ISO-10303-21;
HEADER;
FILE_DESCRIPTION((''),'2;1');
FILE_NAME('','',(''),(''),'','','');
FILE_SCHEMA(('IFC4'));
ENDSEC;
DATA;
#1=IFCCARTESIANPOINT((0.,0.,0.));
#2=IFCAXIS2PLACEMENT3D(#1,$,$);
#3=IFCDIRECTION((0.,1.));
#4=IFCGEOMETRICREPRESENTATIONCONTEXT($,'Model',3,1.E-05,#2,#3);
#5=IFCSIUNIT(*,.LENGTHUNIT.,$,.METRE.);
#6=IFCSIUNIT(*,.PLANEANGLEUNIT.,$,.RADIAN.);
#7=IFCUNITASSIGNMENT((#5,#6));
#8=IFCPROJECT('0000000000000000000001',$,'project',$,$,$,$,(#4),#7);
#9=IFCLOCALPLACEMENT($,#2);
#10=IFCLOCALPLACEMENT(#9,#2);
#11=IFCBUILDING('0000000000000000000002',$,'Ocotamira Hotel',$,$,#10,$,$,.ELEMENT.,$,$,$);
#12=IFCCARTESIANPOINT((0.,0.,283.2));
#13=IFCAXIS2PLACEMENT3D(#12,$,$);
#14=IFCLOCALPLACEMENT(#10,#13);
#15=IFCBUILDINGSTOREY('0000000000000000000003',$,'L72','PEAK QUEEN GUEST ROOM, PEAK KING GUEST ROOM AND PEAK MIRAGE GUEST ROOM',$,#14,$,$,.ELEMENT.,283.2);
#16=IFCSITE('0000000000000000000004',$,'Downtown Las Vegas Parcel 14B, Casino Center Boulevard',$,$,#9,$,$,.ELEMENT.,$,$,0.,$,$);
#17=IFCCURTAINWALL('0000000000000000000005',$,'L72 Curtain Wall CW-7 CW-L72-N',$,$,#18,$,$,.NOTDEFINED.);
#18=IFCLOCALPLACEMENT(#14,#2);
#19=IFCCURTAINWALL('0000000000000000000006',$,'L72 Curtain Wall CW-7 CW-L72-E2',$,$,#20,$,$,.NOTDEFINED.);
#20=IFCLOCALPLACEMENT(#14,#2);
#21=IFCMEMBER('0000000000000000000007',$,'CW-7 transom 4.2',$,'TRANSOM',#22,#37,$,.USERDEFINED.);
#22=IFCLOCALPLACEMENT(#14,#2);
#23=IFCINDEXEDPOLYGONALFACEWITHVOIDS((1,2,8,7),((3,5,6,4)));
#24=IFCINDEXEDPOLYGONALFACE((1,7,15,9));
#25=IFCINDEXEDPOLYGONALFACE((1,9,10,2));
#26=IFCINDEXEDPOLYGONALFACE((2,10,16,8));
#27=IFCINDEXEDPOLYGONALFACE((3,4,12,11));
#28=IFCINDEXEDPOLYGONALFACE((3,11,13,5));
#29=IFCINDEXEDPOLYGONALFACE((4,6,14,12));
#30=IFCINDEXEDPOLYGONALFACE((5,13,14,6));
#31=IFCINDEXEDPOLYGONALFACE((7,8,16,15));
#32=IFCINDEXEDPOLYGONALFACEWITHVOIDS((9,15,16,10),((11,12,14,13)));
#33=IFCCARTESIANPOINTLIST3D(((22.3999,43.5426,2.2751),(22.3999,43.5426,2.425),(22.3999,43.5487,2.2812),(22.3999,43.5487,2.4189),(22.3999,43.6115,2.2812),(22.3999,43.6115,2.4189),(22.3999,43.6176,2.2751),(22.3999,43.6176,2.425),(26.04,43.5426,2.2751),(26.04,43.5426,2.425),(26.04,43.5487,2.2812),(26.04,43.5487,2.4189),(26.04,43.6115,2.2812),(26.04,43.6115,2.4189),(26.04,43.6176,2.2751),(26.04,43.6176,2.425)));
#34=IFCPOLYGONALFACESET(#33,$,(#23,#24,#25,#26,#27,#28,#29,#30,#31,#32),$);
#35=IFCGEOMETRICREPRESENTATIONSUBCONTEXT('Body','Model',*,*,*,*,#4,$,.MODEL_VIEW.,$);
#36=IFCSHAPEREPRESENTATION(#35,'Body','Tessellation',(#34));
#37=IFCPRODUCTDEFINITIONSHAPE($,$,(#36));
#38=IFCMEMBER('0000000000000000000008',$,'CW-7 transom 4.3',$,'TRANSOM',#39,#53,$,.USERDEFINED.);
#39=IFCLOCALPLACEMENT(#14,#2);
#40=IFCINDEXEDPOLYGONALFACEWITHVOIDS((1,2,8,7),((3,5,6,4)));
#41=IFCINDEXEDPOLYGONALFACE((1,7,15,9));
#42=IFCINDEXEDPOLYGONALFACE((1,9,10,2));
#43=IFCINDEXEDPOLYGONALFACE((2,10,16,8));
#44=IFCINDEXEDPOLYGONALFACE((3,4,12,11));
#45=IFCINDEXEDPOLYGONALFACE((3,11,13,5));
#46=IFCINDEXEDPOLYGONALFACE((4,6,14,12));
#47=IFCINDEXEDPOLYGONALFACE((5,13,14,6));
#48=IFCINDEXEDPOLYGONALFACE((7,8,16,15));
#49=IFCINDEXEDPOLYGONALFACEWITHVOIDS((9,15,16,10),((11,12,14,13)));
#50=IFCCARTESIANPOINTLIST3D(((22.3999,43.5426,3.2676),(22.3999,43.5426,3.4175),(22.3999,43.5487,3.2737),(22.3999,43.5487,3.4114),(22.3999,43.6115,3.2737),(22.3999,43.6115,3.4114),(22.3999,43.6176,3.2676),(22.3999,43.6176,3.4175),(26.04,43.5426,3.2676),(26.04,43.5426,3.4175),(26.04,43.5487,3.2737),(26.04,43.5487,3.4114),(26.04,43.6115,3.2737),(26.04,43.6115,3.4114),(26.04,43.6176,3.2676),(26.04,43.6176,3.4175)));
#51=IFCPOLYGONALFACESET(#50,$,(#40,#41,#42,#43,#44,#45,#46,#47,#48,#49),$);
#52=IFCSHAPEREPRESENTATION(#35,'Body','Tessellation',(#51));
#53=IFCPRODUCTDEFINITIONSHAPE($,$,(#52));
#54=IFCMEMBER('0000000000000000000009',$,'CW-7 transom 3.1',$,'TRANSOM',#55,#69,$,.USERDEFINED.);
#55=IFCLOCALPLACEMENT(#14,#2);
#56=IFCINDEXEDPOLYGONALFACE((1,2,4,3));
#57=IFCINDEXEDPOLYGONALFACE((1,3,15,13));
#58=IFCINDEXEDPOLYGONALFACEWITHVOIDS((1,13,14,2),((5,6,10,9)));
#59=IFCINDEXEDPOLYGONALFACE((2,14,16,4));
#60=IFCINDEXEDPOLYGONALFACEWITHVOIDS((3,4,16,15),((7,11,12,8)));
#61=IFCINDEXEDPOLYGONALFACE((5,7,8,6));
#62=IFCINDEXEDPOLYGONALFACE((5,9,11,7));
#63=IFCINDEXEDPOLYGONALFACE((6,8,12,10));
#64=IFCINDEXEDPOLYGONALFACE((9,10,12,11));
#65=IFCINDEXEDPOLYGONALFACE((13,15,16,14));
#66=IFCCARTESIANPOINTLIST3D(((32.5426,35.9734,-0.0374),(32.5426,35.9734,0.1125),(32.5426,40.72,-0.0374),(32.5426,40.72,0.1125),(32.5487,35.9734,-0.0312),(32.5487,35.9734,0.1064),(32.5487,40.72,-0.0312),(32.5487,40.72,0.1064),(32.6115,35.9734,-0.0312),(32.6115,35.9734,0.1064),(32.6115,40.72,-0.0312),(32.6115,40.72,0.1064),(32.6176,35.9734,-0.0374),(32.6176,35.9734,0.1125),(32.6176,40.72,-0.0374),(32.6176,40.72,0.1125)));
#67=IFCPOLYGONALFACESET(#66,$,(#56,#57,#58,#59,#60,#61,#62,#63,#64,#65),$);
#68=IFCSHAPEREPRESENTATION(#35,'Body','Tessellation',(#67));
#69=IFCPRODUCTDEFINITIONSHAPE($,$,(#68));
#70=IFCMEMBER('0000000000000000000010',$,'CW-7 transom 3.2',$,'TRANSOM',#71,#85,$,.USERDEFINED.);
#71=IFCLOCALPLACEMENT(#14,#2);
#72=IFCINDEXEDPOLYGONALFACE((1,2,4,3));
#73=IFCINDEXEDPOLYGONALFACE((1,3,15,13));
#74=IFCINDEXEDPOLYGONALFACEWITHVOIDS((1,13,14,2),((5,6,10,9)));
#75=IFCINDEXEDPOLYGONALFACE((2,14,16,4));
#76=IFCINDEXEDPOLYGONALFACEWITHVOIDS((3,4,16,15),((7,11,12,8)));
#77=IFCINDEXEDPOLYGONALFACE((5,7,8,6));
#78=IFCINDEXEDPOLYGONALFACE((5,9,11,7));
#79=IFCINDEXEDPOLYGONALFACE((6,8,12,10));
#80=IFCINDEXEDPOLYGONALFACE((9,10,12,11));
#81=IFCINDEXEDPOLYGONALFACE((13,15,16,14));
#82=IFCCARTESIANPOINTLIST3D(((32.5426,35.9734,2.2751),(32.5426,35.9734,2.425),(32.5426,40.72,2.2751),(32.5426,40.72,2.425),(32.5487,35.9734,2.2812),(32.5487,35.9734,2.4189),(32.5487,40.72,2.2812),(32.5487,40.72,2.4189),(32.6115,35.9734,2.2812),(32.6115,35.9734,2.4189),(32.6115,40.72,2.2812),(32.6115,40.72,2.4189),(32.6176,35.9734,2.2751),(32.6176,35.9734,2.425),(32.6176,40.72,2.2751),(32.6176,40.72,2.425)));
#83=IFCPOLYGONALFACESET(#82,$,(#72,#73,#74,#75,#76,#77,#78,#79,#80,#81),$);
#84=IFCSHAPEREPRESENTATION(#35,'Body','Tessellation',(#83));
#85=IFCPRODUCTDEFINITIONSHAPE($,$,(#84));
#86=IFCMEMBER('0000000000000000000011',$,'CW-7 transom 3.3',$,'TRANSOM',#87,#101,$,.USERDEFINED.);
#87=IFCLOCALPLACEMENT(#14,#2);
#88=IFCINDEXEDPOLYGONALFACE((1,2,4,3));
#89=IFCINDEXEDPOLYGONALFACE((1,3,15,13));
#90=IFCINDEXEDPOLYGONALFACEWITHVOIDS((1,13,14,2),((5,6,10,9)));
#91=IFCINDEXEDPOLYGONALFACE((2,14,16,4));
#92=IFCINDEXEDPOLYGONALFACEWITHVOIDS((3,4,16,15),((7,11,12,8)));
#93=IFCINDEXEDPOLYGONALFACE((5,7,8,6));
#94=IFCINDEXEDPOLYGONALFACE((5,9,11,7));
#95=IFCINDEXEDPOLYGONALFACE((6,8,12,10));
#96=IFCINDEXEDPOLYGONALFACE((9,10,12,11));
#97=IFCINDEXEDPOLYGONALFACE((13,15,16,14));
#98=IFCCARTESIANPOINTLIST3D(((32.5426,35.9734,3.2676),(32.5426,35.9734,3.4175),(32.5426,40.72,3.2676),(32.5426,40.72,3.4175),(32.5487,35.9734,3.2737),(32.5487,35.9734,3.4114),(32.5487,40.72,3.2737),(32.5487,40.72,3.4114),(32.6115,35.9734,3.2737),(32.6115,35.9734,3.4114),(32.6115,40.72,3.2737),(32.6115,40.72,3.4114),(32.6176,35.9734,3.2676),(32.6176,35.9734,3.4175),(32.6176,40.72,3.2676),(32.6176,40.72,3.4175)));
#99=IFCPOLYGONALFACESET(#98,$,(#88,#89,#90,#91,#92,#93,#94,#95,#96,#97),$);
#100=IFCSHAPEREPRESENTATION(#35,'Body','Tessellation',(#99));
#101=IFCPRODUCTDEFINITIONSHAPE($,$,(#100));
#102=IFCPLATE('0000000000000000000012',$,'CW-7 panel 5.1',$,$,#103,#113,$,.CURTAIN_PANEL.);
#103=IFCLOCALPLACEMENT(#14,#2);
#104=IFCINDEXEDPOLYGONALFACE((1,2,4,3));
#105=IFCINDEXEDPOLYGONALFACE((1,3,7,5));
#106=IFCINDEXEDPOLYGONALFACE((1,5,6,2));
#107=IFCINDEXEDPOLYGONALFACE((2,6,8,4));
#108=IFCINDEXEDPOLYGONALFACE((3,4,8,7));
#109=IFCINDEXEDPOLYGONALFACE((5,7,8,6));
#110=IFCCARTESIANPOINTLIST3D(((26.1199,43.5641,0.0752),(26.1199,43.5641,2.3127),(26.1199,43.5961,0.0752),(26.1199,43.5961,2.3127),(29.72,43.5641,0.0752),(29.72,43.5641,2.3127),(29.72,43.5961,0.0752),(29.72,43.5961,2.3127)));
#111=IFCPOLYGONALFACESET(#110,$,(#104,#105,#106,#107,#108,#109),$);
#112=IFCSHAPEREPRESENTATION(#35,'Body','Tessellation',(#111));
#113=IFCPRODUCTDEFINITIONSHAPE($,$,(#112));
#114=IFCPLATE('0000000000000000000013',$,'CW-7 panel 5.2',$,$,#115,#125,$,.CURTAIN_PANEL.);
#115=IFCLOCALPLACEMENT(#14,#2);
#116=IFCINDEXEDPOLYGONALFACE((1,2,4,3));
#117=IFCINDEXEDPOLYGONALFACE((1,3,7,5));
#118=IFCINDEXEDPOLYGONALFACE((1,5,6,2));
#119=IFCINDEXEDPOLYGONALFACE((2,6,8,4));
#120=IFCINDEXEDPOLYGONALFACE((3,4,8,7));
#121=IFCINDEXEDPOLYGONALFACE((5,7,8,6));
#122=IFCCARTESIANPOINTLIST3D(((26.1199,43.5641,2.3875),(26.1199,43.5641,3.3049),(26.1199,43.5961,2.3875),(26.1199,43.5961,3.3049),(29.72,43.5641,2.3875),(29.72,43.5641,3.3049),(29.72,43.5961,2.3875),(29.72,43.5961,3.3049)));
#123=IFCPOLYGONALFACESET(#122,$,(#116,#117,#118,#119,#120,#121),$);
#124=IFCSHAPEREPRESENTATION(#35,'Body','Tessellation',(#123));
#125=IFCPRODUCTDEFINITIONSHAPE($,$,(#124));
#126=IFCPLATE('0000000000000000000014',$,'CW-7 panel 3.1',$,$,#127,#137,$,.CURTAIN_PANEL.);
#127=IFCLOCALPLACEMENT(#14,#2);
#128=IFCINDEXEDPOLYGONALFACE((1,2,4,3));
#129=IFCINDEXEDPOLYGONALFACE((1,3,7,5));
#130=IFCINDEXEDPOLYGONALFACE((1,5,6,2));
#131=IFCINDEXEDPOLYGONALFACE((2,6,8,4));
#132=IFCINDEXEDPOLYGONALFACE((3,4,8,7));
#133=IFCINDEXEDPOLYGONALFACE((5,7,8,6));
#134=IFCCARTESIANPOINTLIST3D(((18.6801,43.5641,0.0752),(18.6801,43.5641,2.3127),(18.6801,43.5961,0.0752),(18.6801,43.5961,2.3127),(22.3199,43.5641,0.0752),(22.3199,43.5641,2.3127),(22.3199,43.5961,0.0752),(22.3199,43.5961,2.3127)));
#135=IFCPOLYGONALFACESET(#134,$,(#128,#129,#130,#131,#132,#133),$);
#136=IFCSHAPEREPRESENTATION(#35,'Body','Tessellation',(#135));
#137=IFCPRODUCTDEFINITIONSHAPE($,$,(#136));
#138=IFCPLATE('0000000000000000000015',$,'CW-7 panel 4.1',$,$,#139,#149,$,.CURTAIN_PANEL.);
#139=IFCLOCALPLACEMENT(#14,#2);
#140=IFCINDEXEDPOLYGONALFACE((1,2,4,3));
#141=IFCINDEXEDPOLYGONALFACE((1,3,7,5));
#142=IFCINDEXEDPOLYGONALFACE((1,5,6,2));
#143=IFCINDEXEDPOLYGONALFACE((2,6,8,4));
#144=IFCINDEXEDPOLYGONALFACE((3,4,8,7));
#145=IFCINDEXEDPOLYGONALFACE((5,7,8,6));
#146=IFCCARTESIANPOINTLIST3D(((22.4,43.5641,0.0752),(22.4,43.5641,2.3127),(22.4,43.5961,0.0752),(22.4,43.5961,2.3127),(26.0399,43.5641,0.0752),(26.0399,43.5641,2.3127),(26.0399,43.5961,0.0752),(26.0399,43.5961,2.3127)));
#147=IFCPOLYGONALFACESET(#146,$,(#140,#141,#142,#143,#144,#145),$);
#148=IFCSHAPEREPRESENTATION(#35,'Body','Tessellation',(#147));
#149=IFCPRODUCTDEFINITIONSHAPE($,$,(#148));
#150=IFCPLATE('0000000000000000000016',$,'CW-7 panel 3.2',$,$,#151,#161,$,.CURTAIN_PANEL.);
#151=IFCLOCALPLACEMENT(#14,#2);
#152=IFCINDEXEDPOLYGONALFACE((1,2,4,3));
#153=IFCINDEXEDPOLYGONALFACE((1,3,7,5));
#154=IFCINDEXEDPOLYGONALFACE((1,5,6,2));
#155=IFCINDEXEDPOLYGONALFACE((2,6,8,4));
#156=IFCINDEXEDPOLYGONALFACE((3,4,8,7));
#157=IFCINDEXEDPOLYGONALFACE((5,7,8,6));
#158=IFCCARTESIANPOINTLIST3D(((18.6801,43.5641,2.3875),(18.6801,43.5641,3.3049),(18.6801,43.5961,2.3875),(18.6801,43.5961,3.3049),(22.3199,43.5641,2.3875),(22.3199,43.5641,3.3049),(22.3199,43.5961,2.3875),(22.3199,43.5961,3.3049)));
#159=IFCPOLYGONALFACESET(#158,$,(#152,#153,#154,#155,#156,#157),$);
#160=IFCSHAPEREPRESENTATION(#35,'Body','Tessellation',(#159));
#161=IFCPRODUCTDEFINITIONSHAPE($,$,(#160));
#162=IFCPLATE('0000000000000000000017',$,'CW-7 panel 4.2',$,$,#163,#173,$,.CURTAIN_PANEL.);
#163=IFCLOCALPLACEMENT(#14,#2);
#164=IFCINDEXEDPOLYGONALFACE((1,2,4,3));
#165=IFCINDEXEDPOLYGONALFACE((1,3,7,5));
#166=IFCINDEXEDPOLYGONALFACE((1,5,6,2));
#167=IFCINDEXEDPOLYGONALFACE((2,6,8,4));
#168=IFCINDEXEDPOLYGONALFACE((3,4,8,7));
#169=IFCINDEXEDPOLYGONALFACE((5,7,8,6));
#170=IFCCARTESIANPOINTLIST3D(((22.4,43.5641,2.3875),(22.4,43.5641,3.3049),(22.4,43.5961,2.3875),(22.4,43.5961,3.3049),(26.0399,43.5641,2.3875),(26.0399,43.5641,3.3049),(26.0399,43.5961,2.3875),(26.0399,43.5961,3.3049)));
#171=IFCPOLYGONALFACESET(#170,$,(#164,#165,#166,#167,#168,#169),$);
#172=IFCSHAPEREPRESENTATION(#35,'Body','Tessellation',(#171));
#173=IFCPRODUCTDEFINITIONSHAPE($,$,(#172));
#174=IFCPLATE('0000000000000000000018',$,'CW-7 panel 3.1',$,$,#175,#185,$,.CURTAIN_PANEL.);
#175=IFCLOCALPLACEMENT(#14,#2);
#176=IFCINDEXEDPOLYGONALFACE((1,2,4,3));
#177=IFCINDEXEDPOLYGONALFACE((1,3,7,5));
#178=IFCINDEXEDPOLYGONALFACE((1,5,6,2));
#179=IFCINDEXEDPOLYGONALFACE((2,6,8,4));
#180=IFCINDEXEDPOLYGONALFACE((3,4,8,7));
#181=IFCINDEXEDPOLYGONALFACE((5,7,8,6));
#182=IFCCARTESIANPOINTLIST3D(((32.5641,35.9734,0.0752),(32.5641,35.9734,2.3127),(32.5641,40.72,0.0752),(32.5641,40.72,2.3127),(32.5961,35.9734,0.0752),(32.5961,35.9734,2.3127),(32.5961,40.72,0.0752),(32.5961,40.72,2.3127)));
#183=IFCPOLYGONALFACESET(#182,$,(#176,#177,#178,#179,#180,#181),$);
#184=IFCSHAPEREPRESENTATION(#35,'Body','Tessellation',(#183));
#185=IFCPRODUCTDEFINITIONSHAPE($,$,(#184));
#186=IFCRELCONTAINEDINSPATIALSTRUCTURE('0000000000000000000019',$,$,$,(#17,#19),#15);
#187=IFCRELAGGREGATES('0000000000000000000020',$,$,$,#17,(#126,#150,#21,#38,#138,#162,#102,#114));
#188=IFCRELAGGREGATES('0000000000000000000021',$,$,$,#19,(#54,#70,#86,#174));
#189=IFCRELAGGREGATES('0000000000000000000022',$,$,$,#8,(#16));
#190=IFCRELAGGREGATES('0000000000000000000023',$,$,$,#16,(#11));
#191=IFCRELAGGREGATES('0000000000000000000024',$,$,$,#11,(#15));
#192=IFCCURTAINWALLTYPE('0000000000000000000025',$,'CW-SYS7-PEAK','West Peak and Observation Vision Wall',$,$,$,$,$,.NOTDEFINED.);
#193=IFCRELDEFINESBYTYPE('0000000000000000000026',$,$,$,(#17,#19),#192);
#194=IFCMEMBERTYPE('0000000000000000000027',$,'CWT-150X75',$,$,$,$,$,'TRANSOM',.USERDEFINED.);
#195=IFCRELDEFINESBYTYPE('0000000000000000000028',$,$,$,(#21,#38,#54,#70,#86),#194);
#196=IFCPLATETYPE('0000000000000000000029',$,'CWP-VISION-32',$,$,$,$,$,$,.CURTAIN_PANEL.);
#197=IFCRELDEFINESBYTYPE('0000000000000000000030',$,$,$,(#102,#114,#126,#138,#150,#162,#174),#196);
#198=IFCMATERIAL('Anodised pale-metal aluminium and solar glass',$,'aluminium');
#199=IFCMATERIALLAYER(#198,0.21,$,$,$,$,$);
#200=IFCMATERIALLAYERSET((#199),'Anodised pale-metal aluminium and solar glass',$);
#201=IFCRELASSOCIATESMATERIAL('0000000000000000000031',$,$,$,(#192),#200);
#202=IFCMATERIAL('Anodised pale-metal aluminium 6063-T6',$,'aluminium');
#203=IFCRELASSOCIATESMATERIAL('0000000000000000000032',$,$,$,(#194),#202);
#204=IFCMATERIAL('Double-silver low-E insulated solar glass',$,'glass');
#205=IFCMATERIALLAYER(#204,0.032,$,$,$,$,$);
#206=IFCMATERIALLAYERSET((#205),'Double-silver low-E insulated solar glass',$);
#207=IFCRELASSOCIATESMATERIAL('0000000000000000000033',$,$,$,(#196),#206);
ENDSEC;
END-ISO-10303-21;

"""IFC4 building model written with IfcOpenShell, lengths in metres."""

from ifc_helpers import new_model, si_unit, direction, frame, origin, origin_2d, place, context, subcontext, project, spatial, rectangle, hollow_rectangle, extrude, source, transform, mapped, material, layer, layer_set, material_profile, profile_set, type_object, element, aggregate, save


model = new_model("IFC4")

# Units and contexts
model_context = context("Model", 3, precision=1e-05, world=origin(), true_north=direction((0.0, 1.0)))
body_context = subcontext(model_context, "Body", "Model", "MODEL_VIEW")
ifc_project = project(units=[si_unit("LENGTHUNIT", "METRE"), si_unit("PLANEANGLEUNIT", "RADIAN")], contexts=[model_context])

# Site, building, storey
site_placement = place(None, origin())
site = spatial("IfcSite", under=ifc_project, at=site_placement, Name="Downtown Las Vegas Parcel 14B, Casino Center Boulevard", CompositionType="ELEMENT", RefElevation=0.0)
building_placement = place(site_placement, origin())
building = spatial("IfcBuilding", under=site, at=building_placement, Name="Ocotamira Hotel", CompositionType="ELEMENT")
storey_placement = place(building_placement, frame((0.0, 0.0, 283.2)))
storey = spatial("IfcBuildingStorey", under=building, at=storey_placement, Name="L72", Description="PEAK QUEEN GUEST ROOM, PEAK KING GUEST ROOM AND PEAK MIRAGE GUEST ROOM", CompositionType="ELEMENT", Elevation=283.2)

# Curtain walls
ifc_material_1 = material(Name="Anodised pale-metal aluminium and solar glass", Category="aluminium")
ifc_layer_1 = layer(ifc_material_1, 0.21)
ifc_layer_set_1 = layer_set([ifc_layer_1], Name="Anodised pale-metal aluminium and solar glass")
curtain_wall_type = type_object("IfcCurtainWallType", Name="CW-SYS7-PEAK", Description="West Peak and Observation Vision Wall", PredefinedType="NOTDEFINED", material=ifc_layer_set_1)
curtain_wall_1_placement = place(storey_placement, origin())
curtain_wall_1 = element("IfcCurtainWall", 1, at=curtain_wall_1_placement, inside=storey, type_object=curtain_wall_type, Name="L72 Curtain Wall CW-7 CW-L72-N", PredefinedType="NOTDEFINED")
ifc_material_2 = material(Name="Anodised pale-metal aluminium 6063-T6", Category="aluminium")
curtain_wall_2_placement = place(storey_placement, origin())
curtain_wall_2 = element("IfcCurtainWall", 2, at=curtain_wall_2_placement, inside=storey, type_object=curtain_wall_type, Name="L72 Curtain Wall CW-7 CW-L72-E2", PredefinedType="NOTDEFINED")

# Members
ifc_material_profile_1 = material_profile(ifc_material_2, hollow_rectangle(XDim=0.075, YDim=0.1499, WallThickness=0.0061, at=origin_2d()), Name="HSS150X75X6")
ifc_profile_set_1 = profile_set([ifc_material_profile_1], Name="Anodised pale-metal aluminium 6063-T6")
member_type_1 = type_object("IfcMemberType", Name="CWT-150X75", ElementType="TRANSOM", PredefinedType="USERDEFINED", material=ifc_profile_set_1)
shared_shape_1 = source(origin(), body_context, "Body", "SweptSolid", [
    extrude(hollow_rectangle(XDim=0.075, YDim=0.1499, WallThickness=0.0061, at=origin_2d()), origin(), (0.0, 0.0, 1.0), 3.6401),
])
member_1_placement = place(storey_placement, frame((22.3999, 43.5801, 2.3501), z_axis=(1.0, 0.0, 0.0), x_axis=(0.0, 1.0, 0.0)))
member_1 = element("IfcMember", 3, at=member_1_placement, type_object=member_type_1, Name="CW-7 transom 4.2", ObjectType="TRANSOM", PredefinedType="USERDEFINED", context=body_context, shape_type="MappedRepresentation", body=[
    mapped(shared_shape_1, transform((0.0, 0.0, 0.0), scale=1.0)),
])
member_2_placement = place(storey_placement, frame((22.3999, 43.5801, 3.3425), z_axis=(1.0, 0.0, 0.0), x_axis=(0.0, 1.0, 0.0)))
member_2 = element("IfcMember", 4, at=member_2_placement, type_object=member_type_1, Name="CW-7 transom 4.3", ObjectType="TRANSOM", PredefinedType="USERDEFINED", context=body_context, shape_type="MappedRepresentation", body=[
    mapped(shared_shape_1, transform((0.0, 0.0, 0.0), scale=1.0)),
])
shared_shape_2 = source(origin(), body_context, "Body", "SweptSolid", [
    extrude(hollow_rectangle(XDim=0.075, YDim=0.1499, WallThickness=0.0061, at=origin_2d()), origin(), (0.0, 0.0, 1.0), 4.7466),
])
member_3_placement = place(storey_placement, frame((32.5801, 35.9734, 0.0376), z_axis=(0.0, 1.0, 0.0), x_axis=(-1.0, 0.0, 0.0)))
member_3 = element("IfcMember", 5, at=member_3_placement, type_object=member_type_1, Name="CW-7 transom 3.1", ObjectType="TRANSOM", PredefinedType="USERDEFINED", context=body_context, shape_type="MappedRepresentation", body=[
    mapped(shared_shape_2, transform((0.0, 0.0, 0.0), scale=1.0)),
])
member_4_placement = place(storey_placement, frame((32.5801, 35.9734, 2.3501), z_axis=(0.0, 1.0, 0.0), x_axis=(-1.0, 0.0, 0.0)))
member_4 = element("IfcMember", 6, at=member_4_placement, type_object=member_type_1, Name="CW-7 transom 3.2", ObjectType="TRANSOM", PredefinedType="USERDEFINED", context=body_context, shape_type="MappedRepresentation", body=[
    mapped(shared_shape_2, transform((0.0, 0.0, 0.0), scale=1.0)),
])
member_5_placement = place(storey_placement, frame((32.5801, 35.9734, 3.3425), z_axis=(0.0, 1.0, 0.0), x_axis=(-1.0, 0.0, 0.0)))
member_5 = element("IfcMember", 7, at=member_5_placement, type_object=member_type_1, Name="CW-7 transom 3.3", ObjectType="TRANSOM", PredefinedType="USERDEFINED", context=body_context, shape_type="MappedRepresentation", body=[
    mapped(shared_shape_2, transform((0.0, 0.0, 0.0), scale=1.0)),
])

# Plates
ifc_material_3 = material(Name="Double-silver low-E insulated solar glass", Category="glass")
ifc_layer_2 = layer(ifc_material_3, 0.032)
ifc_layer_set_2 = layer_set([ifc_layer_2], Name="Double-silver low-E insulated solar glass")
plate_type = type_object("IfcPlateType", Name="CWP-VISION-32", PredefinedType="CURTAIN_PANEL", material=ifc_layer_set_2)
shared_shape_3 = source(origin(), body_context, "Body", "SweptSolid", [
    extrude(rectangle(XDim=3.6001, YDim=0.032, at=origin_2d()), origin(), (0.0, 0.0, 1.0), 2.2375),
])
plate_1_placement = place(storey_placement, frame((27.9199, 43.5801, 0.0752), z_axis=(0.0, 0.0, 1.0), x_axis=(1.0, 0.0, 0.0)))
plate_1 = element("IfcPlate", 8, at=plate_1_placement, type_object=plate_type, Name="CW-7 panel 5.1", PredefinedType="CURTAIN_PANEL", context=body_context, shape_type="MappedRepresentation", body=[
    mapped(shared_shape_3, transform((0.0, 0.0, 0.0), scale=1.0)),
])
shared_shape_4 = source(origin(), body_context, "Body", "SweptSolid", [
    extrude(rectangle(XDim=3.6001, YDim=0.032, at=origin_2d()), origin(), (0.0, 0.0, 1.0), 0.9175),
])
plate_2_placement = place(storey_placement, frame((27.9199, 43.5801, 2.3875), z_axis=(0.0, 0.0, 1.0), x_axis=(1.0, 0.0, 0.0)))
plate_2 = element("IfcPlate", 9, at=plate_2_placement, type_object=plate_type, Name="CW-7 panel 5.2", PredefinedType="CURTAIN_PANEL", context=body_context, shape_type="MappedRepresentation", body=[
    mapped(shared_shape_4, transform((0.0, 0.0, 0.0), scale=1.0)),
])
shared_shape_5 = source(origin(), body_context, "Body", "SweptSolid", [
    extrude(rectangle(XDim=3.6399, YDim=0.032, at=origin_2d()), origin(), (0.0, 0.0, 1.0), 2.2375),
])
plate_3_placement = place(storey_placement, frame((20.5, 43.5801, 0.0752), z_axis=(0.0, 0.0, 1.0), x_axis=(1.0, 0.0, 0.0)))
plate_3 = element("IfcPlate", 10, at=plate_3_placement, type_object=plate_type, Name="CW-7 panel 3.1", PredefinedType="CURTAIN_PANEL", context=body_context, shape_type="MappedRepresentation", body=[
    mapped(shared_shape_5, transform((0.0, 0.0, 0.0), scale=1.0)),
])
plate_4_placement = place(storey_placement, frame((24.22, 43.5801, 0.0752), z_axis=(0.0, 0.0, 1.0), x_axis=(1.0, 0.0, 0.0)))
plate_4 = element("IfcPlate", 11, at=plate_4_placement, type_object=plate_type, Name="CW-7 panel 4.1", PredefinedType="CURTAIN_PANEL", context=body_context, shape_type="MappedRepresentation", body=[
    mapped(shared_shape_5, transform((0.0, 0.0, 0.0), scale=1.0)),
])
shared_shape_6 = source(origin(), body_context, "Body", "SweptSolid", [
    extrude(rectangle(XDim=3.6399, YDim=0.032, at=origin_2d()), origin(), (0.0, 0.0, 1.0), 0.9175),
])
plate_5_placement = place(storey_placement, frame((20.5, 43.5801, 2.3875), z_axis=(0.0, 0.0, 1.0), x_axis=(1.0, 0.0, 0.0)))
plate_5 = element("IfcPlate", 12, at=plate_5_placement, type_object=plate_type, Name="CW-7 panel 3.2", PredefinedType="CURTAIN_PANEL", context=body_context, shape_type="MappedRepresentation", body=[
    mapped(shared_shape_6, transform((0.0, 0.0, 0.0), scale=1.0)),
])
plate_6_placement = place(storey_placement, frame((24.22, 43.5801, 2.3875), z_axis=(0.0, 0.0, 1.0), x_axis=(1.0, 0.0, 0.0)))
plate_6 = element("IfcPlate", 13, at=plate_6_placement, type_object=plate_type, Name="CW-7 panel 4.2", PredefinedType="CURTAIN_PANEL", context=body_context, shape_type="MappedRepresentation", body=[
    mapped(shared_shape_6, transform((0.0, 0.0, 0.0), scale=1.0)),
])
aggregate(curtain_wall_1, [plate_3, plate_5, member_1, member_2, plate_4, plate_6, plate_1, plate_2])
shared_shape_7 = source(origin(), body_context, "Body", "SweptSolid", [
    extrude(rectangle(XDim=4.7466, YDim=0.032, at=origin_2d()), origin(), (0.0, 0.0, 1.0), 2.2375),
])
plate_7_placement = place(storey_placement, frame((32.5801, 38.3467, 0.0752), z_axis=(0.0, 0.0, 1.0), x_axis=(0.0, 1.0, 0.0)))
plate_7 = element("IfcPlate", 14, at=plate_7_placement, type_object=plate_type, Name="CW-7 panel 3.1", PredefinedType="CURTAIN_PANEL", context=body_context, shape_type="MappedRepresentation", body=[
    mapped(shared_shape_7, transform((0.0, 0.0, 0.0), scale=1.0)),
])
aggregate(curtain_wall_2, [member_3, member_4, member_5, plate_7])

save(model, "model.ifc")
